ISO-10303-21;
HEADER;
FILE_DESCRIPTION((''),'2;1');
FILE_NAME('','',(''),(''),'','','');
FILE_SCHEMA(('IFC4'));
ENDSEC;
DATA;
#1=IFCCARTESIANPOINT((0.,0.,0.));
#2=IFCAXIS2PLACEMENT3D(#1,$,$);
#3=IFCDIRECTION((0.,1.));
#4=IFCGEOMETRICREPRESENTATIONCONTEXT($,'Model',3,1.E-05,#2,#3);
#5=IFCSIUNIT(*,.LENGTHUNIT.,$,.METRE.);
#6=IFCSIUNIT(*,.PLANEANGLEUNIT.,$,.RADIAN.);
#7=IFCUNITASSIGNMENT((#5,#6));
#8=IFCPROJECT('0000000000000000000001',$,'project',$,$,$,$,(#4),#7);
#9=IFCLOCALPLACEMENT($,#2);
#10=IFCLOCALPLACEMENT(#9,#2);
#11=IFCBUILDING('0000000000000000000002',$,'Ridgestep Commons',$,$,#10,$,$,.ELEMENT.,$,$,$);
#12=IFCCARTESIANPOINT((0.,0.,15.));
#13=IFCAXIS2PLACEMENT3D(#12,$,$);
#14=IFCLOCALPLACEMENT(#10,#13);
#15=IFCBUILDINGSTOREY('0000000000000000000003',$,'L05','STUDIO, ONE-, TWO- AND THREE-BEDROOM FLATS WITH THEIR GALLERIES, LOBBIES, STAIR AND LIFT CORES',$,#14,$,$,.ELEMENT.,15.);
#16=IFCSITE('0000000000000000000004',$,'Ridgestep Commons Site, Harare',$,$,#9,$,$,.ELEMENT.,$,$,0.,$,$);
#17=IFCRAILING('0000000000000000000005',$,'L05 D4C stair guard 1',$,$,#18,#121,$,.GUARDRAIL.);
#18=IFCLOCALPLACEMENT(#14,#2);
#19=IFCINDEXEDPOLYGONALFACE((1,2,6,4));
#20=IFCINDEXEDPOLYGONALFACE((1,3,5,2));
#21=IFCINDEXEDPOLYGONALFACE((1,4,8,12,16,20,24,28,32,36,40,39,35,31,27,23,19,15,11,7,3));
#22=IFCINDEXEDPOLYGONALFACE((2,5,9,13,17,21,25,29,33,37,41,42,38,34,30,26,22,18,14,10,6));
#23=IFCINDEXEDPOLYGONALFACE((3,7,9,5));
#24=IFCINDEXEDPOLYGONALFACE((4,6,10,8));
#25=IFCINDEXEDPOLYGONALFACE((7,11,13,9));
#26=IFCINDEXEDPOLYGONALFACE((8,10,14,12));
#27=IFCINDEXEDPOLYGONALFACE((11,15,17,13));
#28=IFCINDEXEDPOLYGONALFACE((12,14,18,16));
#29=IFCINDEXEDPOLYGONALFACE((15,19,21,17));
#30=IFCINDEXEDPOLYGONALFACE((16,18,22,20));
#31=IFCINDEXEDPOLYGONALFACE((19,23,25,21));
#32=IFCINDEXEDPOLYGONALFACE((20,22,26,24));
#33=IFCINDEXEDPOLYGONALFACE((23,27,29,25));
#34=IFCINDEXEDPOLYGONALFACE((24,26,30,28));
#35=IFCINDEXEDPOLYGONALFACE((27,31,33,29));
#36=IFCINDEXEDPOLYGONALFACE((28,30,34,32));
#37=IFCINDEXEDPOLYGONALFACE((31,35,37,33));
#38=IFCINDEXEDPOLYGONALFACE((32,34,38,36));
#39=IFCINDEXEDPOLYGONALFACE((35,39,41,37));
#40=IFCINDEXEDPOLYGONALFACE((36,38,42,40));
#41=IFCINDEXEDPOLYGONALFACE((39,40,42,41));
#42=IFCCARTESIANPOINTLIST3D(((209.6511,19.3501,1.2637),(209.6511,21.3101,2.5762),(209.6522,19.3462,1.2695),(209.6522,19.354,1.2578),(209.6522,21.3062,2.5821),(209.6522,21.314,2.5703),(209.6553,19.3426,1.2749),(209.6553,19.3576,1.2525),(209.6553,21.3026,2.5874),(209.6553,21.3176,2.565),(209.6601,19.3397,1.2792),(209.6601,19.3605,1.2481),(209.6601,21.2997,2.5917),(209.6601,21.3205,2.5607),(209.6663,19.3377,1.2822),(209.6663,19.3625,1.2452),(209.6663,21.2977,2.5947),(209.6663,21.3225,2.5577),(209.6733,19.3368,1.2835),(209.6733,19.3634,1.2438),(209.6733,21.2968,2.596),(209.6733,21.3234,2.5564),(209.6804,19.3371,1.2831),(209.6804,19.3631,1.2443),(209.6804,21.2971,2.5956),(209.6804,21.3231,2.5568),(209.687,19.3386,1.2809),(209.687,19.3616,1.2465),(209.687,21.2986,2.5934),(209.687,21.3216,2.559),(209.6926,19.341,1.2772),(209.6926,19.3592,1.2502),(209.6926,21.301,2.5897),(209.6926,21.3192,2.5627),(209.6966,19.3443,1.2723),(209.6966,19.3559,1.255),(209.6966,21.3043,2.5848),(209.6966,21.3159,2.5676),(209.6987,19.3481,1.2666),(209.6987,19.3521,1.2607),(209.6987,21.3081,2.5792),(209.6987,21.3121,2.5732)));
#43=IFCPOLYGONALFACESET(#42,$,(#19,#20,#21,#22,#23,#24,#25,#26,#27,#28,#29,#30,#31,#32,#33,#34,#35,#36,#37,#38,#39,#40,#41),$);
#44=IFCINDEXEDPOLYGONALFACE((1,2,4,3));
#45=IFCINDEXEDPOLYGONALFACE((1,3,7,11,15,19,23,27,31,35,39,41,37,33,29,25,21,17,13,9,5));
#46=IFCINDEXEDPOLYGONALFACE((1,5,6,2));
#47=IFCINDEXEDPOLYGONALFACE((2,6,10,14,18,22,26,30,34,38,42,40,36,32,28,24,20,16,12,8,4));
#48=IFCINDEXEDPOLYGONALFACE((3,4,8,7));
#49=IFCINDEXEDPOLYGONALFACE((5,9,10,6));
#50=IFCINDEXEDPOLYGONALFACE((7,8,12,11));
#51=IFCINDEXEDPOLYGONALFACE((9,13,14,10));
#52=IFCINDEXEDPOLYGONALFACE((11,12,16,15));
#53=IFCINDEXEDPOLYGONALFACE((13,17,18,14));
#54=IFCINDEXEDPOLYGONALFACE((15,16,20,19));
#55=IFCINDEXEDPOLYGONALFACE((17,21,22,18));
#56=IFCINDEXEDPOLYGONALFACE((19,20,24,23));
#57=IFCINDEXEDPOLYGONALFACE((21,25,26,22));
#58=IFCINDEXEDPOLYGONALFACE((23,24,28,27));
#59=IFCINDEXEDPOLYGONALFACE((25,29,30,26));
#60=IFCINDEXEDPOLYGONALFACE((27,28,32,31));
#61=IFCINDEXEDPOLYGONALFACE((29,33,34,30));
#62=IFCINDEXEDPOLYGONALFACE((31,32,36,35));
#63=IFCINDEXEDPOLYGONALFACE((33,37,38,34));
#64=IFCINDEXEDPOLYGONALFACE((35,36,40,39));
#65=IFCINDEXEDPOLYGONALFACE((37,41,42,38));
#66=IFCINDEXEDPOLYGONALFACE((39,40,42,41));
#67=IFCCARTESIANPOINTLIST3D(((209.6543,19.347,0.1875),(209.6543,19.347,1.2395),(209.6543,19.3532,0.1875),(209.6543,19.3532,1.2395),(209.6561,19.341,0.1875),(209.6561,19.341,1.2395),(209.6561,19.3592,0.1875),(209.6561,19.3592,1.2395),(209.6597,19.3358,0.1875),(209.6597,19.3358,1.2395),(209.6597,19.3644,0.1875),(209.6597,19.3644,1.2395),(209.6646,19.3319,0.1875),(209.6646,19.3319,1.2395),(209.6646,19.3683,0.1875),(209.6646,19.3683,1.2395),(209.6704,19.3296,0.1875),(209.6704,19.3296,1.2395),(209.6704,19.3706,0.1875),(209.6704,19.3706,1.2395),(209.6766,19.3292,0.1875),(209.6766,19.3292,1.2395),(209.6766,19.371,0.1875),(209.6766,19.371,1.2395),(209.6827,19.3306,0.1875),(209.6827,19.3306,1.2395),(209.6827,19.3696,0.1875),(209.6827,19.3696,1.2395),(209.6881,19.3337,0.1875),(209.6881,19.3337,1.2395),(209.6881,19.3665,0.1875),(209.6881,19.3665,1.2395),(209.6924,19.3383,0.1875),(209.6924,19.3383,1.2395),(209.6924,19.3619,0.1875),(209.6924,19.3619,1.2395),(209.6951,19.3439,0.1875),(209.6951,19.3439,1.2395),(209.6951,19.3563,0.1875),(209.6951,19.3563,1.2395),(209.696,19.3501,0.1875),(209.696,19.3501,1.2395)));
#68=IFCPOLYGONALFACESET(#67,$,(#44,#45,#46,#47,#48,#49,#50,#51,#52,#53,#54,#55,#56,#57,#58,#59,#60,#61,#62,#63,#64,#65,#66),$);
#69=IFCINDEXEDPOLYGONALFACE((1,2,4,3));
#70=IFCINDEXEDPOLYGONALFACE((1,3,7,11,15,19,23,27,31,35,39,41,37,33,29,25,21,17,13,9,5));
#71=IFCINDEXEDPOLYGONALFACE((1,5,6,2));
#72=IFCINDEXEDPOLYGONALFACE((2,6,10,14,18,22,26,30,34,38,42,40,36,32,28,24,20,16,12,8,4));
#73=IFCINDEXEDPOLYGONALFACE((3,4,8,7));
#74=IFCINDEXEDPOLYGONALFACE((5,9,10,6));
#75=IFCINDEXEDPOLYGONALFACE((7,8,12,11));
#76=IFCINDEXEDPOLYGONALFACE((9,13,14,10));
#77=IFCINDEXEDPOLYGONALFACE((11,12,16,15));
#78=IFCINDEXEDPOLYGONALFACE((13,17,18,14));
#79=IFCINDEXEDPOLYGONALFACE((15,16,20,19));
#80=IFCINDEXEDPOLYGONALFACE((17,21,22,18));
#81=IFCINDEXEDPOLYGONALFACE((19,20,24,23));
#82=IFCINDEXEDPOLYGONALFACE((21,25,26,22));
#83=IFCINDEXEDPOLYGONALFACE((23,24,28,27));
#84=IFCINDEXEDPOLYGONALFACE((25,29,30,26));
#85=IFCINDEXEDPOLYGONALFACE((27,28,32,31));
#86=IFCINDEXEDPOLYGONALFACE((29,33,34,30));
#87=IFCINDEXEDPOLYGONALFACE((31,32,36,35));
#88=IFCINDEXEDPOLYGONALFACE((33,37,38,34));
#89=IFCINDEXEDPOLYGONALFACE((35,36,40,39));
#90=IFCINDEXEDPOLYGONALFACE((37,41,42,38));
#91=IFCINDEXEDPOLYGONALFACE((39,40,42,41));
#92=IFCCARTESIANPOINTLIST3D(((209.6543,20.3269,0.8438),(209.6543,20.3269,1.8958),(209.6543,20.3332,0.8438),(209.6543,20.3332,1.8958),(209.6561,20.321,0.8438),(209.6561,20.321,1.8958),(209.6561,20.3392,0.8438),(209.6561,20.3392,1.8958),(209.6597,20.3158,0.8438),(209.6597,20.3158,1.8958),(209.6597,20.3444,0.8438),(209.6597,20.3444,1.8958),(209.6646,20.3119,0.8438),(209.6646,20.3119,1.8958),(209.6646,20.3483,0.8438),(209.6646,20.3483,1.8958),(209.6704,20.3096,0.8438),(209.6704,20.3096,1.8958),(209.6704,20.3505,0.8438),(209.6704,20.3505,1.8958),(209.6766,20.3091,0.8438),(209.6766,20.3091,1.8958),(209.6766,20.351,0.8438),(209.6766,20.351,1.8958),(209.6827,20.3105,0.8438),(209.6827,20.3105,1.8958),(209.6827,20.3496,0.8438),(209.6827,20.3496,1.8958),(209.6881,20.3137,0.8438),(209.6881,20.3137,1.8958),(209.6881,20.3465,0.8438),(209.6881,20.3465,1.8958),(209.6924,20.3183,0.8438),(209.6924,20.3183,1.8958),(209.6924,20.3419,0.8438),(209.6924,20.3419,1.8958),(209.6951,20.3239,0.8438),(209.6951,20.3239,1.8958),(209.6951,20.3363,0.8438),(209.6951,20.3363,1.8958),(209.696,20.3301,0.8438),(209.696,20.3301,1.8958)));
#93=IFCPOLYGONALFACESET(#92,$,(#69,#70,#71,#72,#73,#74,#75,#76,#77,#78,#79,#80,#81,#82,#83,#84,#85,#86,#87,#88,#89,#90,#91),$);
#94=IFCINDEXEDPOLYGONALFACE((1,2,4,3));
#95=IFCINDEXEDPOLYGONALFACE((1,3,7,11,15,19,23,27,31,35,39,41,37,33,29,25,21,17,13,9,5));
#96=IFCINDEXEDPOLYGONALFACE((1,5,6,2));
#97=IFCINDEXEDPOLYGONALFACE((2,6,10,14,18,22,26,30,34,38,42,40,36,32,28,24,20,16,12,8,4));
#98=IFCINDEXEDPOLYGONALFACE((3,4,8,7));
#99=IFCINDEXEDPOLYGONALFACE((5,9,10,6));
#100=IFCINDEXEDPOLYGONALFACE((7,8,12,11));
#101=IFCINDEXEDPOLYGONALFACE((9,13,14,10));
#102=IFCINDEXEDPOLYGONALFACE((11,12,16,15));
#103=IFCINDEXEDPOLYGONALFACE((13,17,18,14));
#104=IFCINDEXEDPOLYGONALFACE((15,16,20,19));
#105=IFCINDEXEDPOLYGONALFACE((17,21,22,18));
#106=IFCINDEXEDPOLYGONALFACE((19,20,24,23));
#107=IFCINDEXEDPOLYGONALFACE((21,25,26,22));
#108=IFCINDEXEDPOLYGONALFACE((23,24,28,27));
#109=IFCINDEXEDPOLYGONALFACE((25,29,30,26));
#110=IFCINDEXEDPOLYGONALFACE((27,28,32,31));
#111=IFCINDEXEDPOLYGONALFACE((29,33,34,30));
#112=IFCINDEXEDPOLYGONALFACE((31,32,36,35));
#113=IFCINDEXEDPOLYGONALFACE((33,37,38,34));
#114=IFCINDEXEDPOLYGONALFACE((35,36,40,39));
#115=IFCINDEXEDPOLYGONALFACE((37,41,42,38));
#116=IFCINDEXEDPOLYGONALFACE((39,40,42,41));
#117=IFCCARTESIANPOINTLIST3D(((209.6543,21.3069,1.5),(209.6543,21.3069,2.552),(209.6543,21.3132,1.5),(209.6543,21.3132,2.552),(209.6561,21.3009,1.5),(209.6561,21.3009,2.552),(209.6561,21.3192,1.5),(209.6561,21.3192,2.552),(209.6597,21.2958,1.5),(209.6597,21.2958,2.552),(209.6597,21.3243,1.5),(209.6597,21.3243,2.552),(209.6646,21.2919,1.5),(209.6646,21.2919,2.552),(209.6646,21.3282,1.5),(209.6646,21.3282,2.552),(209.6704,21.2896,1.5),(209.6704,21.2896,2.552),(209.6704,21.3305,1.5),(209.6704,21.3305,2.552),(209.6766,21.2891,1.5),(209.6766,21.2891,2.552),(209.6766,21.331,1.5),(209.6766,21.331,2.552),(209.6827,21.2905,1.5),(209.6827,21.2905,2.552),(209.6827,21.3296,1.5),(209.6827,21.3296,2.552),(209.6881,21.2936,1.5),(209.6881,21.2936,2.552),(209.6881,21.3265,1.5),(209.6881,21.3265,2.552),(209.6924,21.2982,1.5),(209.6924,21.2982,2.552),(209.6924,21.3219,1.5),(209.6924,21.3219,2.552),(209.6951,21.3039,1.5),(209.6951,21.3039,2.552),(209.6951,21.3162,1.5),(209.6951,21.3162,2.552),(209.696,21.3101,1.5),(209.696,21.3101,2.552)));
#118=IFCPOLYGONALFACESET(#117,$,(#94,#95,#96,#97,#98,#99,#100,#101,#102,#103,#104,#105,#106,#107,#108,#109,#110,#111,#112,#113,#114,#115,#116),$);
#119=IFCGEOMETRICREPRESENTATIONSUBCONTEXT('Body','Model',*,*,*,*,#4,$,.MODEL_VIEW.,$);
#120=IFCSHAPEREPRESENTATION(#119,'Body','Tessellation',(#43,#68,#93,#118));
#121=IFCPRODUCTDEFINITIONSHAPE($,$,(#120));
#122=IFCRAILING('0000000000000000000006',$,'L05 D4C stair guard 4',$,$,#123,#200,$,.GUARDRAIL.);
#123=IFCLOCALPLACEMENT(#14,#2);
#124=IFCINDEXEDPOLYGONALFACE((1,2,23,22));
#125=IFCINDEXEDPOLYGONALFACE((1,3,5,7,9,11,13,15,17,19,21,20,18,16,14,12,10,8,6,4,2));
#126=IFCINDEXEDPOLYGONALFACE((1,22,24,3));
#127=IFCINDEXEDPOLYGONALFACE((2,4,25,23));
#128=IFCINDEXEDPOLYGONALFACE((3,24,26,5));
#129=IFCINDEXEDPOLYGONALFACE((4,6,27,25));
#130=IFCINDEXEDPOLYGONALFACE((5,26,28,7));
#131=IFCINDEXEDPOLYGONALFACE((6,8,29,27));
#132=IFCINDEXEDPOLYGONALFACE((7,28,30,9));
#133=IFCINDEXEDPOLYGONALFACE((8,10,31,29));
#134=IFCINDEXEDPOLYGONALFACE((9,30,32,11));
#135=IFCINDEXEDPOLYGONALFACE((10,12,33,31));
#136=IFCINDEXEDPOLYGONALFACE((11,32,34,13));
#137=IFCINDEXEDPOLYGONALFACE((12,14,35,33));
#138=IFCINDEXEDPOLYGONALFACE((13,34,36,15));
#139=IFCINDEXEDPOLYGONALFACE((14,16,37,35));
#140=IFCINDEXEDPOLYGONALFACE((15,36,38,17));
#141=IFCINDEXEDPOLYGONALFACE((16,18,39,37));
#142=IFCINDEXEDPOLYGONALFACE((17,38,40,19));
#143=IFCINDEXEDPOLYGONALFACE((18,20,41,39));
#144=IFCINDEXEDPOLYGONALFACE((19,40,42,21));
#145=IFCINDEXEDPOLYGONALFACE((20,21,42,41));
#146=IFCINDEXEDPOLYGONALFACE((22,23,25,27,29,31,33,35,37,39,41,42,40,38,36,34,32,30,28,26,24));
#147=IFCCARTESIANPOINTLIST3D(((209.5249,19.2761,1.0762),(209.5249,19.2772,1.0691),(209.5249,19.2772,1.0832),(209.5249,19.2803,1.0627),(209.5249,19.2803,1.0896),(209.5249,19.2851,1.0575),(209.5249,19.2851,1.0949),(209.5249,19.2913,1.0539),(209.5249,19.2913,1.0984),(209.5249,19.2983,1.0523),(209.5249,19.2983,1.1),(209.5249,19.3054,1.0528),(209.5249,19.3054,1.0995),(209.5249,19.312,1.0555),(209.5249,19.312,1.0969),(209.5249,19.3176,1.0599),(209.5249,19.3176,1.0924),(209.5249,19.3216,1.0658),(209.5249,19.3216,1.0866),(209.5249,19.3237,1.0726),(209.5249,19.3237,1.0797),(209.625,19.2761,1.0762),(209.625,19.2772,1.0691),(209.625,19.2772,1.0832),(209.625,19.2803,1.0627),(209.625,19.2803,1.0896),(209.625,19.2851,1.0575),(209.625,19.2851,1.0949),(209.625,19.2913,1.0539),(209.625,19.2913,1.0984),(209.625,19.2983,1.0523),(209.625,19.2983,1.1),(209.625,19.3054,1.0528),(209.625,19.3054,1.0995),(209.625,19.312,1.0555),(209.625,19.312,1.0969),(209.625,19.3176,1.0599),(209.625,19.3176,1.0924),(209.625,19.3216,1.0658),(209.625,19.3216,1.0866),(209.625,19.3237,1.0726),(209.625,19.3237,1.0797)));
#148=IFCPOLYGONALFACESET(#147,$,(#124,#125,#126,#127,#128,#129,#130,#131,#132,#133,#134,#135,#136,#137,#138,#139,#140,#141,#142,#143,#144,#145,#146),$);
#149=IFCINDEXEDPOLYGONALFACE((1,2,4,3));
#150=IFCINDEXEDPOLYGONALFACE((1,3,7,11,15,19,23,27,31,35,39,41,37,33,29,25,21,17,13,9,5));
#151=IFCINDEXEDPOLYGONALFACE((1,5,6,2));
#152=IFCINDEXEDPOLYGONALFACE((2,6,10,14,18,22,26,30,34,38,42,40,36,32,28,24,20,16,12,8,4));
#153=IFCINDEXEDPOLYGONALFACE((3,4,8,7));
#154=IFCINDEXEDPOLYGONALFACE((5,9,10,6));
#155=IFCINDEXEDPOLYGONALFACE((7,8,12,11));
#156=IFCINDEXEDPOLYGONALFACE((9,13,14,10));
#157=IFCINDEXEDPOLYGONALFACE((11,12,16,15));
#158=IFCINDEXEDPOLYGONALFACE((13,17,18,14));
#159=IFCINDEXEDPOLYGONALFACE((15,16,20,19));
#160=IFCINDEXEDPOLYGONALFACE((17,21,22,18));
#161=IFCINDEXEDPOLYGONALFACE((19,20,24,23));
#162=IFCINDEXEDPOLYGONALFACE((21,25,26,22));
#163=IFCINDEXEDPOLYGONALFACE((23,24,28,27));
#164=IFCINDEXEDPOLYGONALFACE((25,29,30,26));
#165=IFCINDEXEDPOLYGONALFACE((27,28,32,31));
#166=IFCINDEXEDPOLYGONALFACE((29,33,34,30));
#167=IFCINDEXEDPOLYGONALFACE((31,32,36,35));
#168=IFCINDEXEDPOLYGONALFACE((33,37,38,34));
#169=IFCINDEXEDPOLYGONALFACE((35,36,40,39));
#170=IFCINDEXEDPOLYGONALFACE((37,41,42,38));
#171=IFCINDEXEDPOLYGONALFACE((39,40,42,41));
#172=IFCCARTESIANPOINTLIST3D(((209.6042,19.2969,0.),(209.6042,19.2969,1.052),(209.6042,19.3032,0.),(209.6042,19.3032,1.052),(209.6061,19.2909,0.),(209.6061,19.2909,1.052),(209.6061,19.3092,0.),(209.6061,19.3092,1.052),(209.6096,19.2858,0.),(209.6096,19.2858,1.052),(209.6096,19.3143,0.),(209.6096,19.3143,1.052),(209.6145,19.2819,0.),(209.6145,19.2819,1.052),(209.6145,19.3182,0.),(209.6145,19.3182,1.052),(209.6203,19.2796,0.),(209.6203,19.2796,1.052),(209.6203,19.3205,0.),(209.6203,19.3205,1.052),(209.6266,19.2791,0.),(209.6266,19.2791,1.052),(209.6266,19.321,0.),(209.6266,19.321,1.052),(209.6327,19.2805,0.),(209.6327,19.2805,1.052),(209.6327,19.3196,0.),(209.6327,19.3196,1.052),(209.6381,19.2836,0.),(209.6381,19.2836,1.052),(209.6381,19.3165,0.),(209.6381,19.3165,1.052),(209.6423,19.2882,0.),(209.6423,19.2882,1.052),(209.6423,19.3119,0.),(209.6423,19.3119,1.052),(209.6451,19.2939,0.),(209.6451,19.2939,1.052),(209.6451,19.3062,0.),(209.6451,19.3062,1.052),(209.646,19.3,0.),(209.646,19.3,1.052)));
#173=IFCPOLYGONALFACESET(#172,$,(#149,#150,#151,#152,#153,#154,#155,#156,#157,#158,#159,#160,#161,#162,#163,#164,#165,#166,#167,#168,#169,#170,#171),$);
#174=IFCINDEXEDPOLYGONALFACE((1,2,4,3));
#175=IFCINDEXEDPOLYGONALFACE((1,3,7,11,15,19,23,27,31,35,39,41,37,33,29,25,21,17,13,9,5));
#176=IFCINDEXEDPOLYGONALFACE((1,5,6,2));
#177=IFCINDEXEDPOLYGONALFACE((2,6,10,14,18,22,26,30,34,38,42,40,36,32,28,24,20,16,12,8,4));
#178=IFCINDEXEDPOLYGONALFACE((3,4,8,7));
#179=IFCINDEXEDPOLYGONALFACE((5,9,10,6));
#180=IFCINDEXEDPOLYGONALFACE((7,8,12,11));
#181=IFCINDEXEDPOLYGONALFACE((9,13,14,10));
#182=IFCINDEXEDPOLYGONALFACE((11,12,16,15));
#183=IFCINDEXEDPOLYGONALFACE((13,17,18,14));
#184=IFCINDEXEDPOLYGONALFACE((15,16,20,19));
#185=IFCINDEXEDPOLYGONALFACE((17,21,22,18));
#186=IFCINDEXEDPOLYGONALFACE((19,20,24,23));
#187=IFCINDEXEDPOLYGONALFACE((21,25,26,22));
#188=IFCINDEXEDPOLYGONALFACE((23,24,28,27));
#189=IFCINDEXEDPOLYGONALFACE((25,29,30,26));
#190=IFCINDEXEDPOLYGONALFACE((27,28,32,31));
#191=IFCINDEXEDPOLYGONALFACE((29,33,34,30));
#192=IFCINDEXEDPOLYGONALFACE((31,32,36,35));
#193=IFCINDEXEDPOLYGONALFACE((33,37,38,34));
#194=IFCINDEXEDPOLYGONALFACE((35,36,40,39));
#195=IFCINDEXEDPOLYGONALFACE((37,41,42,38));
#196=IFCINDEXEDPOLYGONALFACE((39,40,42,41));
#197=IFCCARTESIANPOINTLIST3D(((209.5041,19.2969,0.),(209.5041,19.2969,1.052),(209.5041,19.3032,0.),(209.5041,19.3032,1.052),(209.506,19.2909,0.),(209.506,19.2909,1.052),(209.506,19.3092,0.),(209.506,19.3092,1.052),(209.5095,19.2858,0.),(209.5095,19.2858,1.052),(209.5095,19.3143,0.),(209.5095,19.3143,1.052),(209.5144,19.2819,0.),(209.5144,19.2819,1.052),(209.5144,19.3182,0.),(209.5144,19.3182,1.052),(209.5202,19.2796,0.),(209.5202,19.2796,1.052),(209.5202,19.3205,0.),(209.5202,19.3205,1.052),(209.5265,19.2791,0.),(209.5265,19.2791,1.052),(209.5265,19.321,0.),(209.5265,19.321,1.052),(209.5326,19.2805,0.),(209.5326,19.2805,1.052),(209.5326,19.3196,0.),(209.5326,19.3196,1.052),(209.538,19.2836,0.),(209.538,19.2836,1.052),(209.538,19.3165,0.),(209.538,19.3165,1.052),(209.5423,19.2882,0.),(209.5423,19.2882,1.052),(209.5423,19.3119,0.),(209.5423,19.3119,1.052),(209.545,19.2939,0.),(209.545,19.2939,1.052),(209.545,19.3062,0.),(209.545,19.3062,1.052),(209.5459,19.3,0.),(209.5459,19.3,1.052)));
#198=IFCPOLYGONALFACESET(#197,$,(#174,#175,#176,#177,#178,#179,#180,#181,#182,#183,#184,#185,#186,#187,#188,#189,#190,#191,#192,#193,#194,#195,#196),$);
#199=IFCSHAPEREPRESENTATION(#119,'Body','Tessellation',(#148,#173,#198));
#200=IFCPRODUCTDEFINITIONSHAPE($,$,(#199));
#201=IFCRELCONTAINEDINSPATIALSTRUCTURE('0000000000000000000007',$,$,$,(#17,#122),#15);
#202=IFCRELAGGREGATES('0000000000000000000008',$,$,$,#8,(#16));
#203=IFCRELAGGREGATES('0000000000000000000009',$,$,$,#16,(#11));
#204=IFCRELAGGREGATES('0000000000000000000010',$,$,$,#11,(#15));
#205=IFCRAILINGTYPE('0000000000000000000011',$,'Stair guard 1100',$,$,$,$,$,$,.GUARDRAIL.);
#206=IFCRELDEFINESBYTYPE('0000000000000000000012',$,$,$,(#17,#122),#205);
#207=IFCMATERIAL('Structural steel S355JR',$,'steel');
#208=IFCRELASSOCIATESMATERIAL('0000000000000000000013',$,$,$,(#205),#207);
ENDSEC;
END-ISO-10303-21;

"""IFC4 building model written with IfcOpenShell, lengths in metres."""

from ifc_helpers import new_model, si_unit, direction, frame, origin, origin_2d, place, context, subcontext, project, spatial, circle, extrude, material, type_object, element, save


model = new_model("IFC4")

# Units and contexts
model_context = context("Model", 3, precision=1e-05, world=origin(), true_north=direction((0.0, 1.0)))
body_context = subcontext(model_context, "Body", "Model", "MODEL_VIEW")
ifc_project = project(units=[si_unit("LENGTHUNIT", "METRE"), si_unit("PLANEANGLEUNIT", "RADIAN")], contexts=[model_context])

# Site, building, storey
site_placement = place(None, origin())
site = spatial("IfcSite", under=ifc_project, at=site_placement, Name="Ridgestep Commons Site, Harare", CompositionType="ELEMENT", RefElevation=0.0)
building_placement = place(site_placement, origin())
building = spatial("IfcBuilding", under=site, at=building_placement, Name="Ridgestep Commons", CompositionType="ELEMENT")
storey_placement = place(building_placement, frame((0.0, 0.0, 15.0)))
storey = spatial("IfcBuildingStorey", under=building, at=storey_placement, Name="L05", Description="STUDIO, ONE-, TWO- AND THREE-BEDROOM FLATS WITH THEIR GALLERIES, LOBBIES, STAIR AND LIFT CORES", CompositionType="ELEMENT", Elevation=15.0)

# Railings
ifc_material_1 = material(Name="Structural steel S355JR", Category="steel")
railing_type_1 = type_object("IfcRailingType", Name="Stair guard 1100", PredefinedType="GUARDRAIL", material=ifc_material_1)
railing_1_placement = place(storey_placement, frame((209.675, 19.3501, 0.1875)))
element("IfcRailing", 1, at=railing_1_placement, inside=storey, type_object=railing_type_1, Name="L05 D4C stair guard 1", PredefinedType="GUARDRAIL", context=body_context, shape_type="SweptSolid", body=[
    extrude(circle(Radius=0.0239, at=origin_2d()), frame((0.0, 0.0, 1.0762), z_axis=(0.0, 0.830902, 0.556419), x_axis=(-1.0, 0.0, 0.0)), (0.0, 0.0, 1.0), 2.3589),
    extrude(circle(Radius=0.021, at=origin_2d()), origin(), (0.0, 0.0, 1.0), 1.052),
    extrude(circle(Radius=0.021, at=origin_2d()), frame((0.0, 0.98, 0.6562)), (0.0, 0.0, 1.0), 1.052),
    extrude(circle(Radius=0.021, at=origin_2d()), frame((0.0, 1.96, 1.3125)), (0.0, 0.0, 1.0), 1.052),
])
for number, where, name in (
    (2, (209.625, 19.3, 0.0), "L05 D4C stair guard 4"),
):
    element("IfcRailing", number, at=place(storey_placement, frame(where)), inside=storey, type_object=railing_type_1, Name=name, PredefinedType="GUARDRAIL", context=body_context, shape_type="SweptSolid", body=[
        extrude(circle(Radius=0.0239, at=origin_2d()), frame((0.0, 0.0, 1.0762), z_axis=(-1.0, 0.0, 0.0), x_axis=(0.0, -1.0, 0.0)), (0.0, 0.0, 1.0), 0.1001),
        extrude(circle(Radius=0.021, at=origin_2d()), origin(), (0.0, 0.0, 1.0), 1.052),
        extrude(circle(Radius=0.021, at=origin_2d()), frame((-0.1001, 0.0, 0.0)), (0.0, 0.0, 1.0), 1.052),
    ])

save(model, "model.ifc")
